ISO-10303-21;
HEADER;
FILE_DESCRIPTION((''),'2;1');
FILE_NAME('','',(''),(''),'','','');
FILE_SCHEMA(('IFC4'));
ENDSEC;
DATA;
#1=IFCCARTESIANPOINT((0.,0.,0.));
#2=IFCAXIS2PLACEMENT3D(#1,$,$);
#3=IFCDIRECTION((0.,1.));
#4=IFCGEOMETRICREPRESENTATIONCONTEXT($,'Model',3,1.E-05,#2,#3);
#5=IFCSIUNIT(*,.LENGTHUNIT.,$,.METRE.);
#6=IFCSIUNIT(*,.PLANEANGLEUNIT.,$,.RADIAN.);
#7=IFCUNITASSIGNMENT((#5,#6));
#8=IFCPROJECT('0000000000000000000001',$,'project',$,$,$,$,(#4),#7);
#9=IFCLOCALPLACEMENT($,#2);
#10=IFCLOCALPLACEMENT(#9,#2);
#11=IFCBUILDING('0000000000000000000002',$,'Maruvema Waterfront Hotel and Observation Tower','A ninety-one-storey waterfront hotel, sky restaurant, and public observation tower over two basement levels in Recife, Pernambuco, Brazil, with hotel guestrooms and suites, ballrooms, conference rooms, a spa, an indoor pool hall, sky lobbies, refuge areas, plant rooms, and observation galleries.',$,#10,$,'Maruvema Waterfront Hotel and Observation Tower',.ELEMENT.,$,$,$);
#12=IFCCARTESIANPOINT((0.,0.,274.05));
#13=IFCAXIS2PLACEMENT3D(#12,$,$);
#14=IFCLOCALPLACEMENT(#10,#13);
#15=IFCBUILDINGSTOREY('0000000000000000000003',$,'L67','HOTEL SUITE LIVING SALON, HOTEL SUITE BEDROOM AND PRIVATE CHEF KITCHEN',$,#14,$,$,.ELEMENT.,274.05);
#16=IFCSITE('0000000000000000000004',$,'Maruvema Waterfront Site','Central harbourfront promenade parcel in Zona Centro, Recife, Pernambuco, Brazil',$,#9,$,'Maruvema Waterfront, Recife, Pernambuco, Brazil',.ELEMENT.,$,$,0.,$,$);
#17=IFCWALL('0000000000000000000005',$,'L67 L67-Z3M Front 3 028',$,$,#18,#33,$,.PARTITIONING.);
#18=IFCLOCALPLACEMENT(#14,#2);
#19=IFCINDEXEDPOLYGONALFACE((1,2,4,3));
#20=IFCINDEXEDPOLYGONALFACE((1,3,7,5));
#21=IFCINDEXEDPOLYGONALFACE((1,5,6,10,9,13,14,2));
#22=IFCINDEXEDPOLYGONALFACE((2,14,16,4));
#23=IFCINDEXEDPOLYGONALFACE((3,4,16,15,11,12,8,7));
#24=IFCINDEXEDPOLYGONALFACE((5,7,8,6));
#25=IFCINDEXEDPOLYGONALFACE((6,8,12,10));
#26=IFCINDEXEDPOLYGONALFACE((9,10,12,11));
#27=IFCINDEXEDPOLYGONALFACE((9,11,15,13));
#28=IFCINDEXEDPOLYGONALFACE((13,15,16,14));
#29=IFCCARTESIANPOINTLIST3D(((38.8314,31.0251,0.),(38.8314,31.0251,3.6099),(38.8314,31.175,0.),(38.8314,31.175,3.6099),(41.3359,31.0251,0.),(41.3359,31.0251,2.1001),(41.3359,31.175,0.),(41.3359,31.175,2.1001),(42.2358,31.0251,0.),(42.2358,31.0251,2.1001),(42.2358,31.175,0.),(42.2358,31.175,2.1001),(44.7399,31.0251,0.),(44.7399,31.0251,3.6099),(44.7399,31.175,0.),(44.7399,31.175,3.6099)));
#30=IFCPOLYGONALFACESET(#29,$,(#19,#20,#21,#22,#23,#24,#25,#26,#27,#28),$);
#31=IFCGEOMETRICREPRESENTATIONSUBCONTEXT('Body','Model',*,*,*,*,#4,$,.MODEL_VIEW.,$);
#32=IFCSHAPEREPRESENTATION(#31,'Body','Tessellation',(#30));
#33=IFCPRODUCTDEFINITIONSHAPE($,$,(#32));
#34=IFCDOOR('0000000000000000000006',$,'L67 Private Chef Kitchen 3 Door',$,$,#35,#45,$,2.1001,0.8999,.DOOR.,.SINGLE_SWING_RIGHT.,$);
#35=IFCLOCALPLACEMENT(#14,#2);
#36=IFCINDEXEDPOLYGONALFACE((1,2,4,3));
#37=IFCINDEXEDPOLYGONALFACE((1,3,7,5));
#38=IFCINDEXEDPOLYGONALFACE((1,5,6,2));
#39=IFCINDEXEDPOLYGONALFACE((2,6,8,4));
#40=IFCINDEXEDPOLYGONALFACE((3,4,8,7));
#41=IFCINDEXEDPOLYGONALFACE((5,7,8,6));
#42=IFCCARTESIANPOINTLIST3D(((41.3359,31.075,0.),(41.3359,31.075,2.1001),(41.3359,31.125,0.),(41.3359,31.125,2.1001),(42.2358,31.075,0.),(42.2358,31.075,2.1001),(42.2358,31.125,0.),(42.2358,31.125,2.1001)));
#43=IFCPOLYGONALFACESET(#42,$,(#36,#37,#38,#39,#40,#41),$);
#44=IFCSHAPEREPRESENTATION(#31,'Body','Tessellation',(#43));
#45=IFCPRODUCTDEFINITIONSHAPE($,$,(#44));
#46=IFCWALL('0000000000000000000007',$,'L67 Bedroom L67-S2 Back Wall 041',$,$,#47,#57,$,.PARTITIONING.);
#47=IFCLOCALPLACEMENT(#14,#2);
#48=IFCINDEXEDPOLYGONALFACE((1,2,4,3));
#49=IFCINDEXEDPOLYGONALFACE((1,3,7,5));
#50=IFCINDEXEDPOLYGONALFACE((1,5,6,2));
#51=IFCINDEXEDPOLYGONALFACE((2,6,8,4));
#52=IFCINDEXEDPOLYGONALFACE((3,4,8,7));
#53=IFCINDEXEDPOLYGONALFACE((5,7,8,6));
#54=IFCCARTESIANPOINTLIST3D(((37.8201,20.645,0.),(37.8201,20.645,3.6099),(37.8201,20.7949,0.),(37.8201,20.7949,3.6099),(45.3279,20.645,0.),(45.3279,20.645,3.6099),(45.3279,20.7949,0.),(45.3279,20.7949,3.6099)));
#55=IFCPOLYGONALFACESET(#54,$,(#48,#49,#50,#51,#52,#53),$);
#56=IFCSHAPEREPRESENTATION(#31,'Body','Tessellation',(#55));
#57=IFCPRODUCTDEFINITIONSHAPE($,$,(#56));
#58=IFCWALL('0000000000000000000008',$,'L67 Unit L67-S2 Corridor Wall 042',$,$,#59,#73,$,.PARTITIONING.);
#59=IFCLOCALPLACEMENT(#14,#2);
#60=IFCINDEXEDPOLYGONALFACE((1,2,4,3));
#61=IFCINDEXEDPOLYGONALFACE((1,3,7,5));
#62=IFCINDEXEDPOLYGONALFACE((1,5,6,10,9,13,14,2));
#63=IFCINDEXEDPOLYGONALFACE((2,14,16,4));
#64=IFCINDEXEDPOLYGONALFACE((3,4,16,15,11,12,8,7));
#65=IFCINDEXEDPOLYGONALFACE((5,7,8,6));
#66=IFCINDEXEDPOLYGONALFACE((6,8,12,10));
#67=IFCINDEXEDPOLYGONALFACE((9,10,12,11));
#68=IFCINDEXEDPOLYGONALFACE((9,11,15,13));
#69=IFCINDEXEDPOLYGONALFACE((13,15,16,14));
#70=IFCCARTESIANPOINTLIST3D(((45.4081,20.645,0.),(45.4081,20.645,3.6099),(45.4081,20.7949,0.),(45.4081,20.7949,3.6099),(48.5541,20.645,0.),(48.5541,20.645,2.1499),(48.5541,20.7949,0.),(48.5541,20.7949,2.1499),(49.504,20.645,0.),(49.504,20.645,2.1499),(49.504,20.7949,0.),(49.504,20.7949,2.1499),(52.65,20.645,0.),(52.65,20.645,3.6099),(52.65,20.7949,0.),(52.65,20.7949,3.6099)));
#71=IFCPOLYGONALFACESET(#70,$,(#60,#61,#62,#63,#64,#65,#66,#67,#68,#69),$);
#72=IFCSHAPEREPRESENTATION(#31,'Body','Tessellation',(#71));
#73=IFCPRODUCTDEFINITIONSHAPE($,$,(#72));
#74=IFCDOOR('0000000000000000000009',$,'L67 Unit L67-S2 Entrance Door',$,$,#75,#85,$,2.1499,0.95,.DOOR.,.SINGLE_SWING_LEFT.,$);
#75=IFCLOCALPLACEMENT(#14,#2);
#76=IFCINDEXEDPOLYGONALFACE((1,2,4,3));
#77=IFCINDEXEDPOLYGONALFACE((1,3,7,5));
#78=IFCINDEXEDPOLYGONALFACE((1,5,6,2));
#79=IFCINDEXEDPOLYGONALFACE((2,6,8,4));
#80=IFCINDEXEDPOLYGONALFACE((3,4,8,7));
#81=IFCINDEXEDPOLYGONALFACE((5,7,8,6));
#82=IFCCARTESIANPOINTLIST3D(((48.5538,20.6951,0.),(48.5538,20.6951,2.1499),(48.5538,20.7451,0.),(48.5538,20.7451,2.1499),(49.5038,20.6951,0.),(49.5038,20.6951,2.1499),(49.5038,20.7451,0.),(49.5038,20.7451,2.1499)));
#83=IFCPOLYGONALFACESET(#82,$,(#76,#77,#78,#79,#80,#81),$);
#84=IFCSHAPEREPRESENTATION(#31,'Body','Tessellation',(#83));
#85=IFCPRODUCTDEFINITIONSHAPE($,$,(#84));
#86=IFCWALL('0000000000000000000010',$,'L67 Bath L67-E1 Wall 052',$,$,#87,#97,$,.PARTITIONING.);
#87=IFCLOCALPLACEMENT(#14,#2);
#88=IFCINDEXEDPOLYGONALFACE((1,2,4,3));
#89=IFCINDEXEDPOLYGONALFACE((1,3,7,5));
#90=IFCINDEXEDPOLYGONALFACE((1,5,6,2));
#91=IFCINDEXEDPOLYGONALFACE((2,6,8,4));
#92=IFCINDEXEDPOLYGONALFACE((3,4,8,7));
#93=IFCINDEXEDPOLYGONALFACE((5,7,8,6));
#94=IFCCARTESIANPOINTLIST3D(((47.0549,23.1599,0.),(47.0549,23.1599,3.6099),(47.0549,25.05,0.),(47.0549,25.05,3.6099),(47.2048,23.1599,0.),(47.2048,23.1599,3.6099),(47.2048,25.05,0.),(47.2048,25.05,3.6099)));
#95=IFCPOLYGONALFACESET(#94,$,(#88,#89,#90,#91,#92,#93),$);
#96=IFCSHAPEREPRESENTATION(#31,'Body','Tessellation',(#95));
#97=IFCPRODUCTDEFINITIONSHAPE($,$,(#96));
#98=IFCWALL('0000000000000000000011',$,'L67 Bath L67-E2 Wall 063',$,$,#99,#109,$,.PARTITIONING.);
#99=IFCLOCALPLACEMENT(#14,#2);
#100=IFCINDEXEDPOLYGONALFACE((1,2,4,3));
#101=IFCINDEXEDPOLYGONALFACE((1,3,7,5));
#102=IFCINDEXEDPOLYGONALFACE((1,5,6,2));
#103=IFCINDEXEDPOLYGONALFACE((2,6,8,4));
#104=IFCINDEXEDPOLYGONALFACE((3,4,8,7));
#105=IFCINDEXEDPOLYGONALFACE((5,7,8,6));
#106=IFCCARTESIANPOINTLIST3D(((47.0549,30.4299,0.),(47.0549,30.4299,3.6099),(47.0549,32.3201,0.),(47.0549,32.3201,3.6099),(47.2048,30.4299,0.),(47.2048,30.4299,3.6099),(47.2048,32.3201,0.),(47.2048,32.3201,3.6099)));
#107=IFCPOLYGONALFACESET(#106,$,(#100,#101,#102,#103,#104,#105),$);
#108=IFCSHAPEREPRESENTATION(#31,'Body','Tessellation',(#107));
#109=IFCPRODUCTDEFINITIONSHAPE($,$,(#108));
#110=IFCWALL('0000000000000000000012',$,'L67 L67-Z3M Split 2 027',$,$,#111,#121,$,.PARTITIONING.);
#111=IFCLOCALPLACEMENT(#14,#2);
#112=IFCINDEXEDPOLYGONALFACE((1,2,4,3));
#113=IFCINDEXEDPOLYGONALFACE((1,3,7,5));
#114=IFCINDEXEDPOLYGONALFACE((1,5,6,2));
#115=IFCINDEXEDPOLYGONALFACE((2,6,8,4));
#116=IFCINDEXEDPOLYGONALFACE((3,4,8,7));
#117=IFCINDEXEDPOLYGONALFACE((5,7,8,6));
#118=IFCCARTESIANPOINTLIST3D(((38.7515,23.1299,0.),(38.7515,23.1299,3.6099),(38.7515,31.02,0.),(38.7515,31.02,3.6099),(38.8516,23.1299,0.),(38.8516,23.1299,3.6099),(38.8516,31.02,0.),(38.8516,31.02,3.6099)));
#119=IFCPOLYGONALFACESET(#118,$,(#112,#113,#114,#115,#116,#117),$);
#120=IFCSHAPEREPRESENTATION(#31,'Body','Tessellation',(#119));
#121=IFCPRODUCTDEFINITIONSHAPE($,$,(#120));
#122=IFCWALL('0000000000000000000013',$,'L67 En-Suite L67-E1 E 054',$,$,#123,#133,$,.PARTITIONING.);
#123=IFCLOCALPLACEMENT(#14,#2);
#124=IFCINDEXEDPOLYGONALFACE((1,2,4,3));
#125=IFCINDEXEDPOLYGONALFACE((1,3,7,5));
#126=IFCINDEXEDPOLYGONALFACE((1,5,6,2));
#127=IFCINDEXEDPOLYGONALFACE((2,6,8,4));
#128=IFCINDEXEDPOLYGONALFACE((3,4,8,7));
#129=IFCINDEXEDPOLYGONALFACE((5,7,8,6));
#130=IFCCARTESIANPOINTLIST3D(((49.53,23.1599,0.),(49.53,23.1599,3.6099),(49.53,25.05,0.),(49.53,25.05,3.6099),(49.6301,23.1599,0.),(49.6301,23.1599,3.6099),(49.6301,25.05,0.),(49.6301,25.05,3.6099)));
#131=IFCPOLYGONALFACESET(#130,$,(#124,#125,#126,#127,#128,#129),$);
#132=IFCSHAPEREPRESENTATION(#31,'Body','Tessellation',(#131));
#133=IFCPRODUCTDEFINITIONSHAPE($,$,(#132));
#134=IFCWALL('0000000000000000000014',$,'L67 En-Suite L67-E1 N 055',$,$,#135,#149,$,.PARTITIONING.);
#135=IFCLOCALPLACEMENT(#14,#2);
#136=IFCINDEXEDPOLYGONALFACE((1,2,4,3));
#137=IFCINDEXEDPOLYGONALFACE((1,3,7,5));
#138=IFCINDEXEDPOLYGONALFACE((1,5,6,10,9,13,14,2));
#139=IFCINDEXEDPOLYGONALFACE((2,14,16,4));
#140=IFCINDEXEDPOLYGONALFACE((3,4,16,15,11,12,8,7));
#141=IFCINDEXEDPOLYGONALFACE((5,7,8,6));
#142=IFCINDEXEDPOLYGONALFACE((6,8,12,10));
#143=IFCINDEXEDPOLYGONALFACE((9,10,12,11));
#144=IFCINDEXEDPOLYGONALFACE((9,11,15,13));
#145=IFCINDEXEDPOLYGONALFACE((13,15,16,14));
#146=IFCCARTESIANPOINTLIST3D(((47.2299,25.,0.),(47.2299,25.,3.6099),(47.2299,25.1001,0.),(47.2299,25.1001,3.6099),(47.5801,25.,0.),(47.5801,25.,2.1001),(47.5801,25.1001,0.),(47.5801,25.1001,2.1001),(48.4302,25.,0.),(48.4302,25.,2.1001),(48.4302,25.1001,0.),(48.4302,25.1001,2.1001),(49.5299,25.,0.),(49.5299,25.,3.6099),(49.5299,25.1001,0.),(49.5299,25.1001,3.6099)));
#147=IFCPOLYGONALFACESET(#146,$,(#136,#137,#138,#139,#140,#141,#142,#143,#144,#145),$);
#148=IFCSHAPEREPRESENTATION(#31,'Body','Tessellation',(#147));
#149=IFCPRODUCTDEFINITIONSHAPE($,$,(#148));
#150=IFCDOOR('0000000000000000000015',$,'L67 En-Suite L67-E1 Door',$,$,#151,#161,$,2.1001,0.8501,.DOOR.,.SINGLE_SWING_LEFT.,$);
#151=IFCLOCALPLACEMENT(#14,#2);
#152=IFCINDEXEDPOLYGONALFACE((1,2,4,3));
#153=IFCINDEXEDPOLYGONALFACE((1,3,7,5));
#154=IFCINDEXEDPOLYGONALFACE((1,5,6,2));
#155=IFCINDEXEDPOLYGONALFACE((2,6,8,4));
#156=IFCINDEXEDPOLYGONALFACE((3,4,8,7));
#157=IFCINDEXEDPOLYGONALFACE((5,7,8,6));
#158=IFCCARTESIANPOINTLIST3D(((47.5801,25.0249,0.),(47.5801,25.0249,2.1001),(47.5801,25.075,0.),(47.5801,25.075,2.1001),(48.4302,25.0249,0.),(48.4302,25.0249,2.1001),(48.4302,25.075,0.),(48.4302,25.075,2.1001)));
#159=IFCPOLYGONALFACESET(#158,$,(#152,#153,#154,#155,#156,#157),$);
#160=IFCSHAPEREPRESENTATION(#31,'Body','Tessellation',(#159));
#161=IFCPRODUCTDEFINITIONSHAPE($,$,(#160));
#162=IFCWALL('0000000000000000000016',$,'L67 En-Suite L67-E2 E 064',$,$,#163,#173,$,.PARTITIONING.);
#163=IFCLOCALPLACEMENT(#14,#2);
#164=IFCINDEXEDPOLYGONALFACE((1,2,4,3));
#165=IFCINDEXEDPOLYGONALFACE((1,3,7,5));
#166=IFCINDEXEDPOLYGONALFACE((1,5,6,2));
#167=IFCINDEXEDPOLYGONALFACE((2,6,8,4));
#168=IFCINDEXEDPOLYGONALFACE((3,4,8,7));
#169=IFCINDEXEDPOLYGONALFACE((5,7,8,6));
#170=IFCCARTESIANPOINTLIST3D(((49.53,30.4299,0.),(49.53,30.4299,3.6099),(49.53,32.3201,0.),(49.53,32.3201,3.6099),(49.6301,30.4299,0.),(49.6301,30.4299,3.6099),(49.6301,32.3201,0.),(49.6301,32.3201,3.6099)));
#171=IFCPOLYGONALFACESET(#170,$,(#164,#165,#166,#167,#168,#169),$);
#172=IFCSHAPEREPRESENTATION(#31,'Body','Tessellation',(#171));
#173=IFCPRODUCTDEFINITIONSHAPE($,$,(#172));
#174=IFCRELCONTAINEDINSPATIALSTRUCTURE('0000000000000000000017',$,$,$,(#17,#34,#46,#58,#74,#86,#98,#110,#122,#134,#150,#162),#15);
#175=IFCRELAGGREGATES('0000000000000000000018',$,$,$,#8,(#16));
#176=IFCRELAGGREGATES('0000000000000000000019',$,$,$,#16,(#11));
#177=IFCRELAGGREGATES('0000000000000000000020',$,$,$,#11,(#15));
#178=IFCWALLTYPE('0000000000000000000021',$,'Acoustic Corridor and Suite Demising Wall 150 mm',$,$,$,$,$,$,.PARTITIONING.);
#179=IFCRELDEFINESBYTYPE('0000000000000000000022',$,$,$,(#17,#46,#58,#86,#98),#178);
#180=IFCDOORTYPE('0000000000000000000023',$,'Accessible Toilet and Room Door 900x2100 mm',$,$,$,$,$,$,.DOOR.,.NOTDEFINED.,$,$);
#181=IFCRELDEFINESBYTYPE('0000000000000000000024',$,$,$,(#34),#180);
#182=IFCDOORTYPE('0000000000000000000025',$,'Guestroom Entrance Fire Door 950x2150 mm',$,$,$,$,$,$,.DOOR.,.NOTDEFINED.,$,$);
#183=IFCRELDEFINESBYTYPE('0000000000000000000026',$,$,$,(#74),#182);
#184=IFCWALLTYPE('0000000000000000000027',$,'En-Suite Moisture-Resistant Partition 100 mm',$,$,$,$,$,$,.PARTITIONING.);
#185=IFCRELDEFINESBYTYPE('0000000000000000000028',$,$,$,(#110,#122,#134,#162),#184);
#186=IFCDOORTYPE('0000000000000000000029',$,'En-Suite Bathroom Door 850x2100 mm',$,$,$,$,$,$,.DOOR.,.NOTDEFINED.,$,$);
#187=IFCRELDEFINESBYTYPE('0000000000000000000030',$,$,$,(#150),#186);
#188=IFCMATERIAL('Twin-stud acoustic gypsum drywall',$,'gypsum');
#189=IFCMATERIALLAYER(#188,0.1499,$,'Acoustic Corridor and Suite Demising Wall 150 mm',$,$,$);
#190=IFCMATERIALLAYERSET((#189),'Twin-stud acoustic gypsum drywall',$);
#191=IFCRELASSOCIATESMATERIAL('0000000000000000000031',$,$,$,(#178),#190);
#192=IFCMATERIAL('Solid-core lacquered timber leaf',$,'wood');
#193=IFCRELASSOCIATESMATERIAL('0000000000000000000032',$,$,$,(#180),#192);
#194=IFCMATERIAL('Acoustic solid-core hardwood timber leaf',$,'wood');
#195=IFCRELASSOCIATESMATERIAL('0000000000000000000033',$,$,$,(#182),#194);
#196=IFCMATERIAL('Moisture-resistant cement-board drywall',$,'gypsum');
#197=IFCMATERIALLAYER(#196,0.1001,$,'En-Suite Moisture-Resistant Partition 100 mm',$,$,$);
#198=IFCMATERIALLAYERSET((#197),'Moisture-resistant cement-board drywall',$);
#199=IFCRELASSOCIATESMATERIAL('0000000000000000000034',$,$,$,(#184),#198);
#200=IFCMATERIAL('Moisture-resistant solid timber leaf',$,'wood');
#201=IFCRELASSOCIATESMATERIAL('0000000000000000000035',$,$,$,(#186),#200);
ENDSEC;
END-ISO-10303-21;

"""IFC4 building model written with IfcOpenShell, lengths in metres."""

from ifc_helpers import new_model, si_unit, direction, frame, frame_2d, origin, place, context, subcontext, project, spatial, rectangle, extrude, material, layer, layer_set, type_object, element, fill, save


model = new_model("IFC4")

# Units and contexts
model_context = context("Model", 3, precision=1e-05, world=origin(), true_north=direction((0.0, 1.0)))
body_context = subcontext(model_context, "Body", "Model", "MODEL_VIEW")
ifc_project = project(units=[si_unit("LENGTHUNIT", "METRE"), si_unit("PLANEANGLEUNIT", "RADIAN")], contexts=[model_context])

# Site, building, storey
site_placement = place(None, origin())
site = spatial("IfcSite", under=ifc_project, at=site_placement, Name="Maruvema Waterfront Site", Description="Central harbourfront promenade parcel in Zona Centro, Recife, Pernambuco, Brazil", LongName="Maruvema Waterfront, Recife, Pernambuco, Brazil", CompositionType="ELEMENT", RefElevation=0.0)
building_placement = place(site_placement, origin())
building = spatial("IfcBuilding", under=site, at=building_placement, Name="Maruvema Waterfront Hotel and Observation Tower", Description="A ninety-one-storey waterfront hotel, sky restaurant, and public observation tower over two basement levels in Recife, Pernambuco, Brazil, with hotel guestrooms and suites, ballrooms, conference rooms, a spa, an indoor pool hall, sky lobbies, refuge areas, plant rooms, and observation galleries.", LongName="Maruvema Waterfront Hotel and Observation Tower", CompositionType="ELEMENT")
storey_placement = place(building_placement, frame((0.0, 0.0, 274.05)))
storey = spatial("IfcBuildingStorey", under=building, at=storey_placement, Name="L67", Description="HOTEL SUITE LIVING SALON, HOTEL SUITE BEDROOM AND PRIVATE CHEF KITCHEN", CompositionType="ELEMENT", Elevation=274.05)

# Shared definitions
ifc_material_1 = material(Name="Twin-stud acoustic gypsum drywall", Category="gypsum")
ifc_layer_1 = layer(ifc_material_1, 0.1499, Name="Acoustic Corridor and Suite Demising Wall 150 mm")
ifc_layer_set_1 = layer_set([ifc_layer_1], Name="Twin-stud acoustic gypsum drywall")
wall_type_1 = type_object("IfcWallType", Name="Acoustic Corridor and Suite Demising Wall 150 mm", PredefinedType="PARTITIONING", material=ifc_layer_set_1)

# Wall, opening, door
wall_1_placement = place(storey_placement, frame((38.8315, 31.1001, 0.0), z_axis=(0.0, 0.0, 1.0), x_axis=(1.0, 0.0, 0.0)))
wall_1 = element("IfcWall", 1, at=wall_1_placement, inside=storey, type_object=wall_type_1, Name="L67 L67-Z3M Front 3 028", PredefinedType="PARTITIONING", context=body_context, shape_type="SweptSolid", body=[
    extrude(rectangle(XDim=5.9084, YDim=0.1499, at=frame_2d((2.9541, 0.0))), origin(), (0.0, 0.0, 1.0), 3.6099),
])
opening_1_placement = place(wall_1_placement, frame((2.5044, 0.0, 0.0)))
opening_1 = element("IfcOpeningElement", 2, at=opening_1_placement, cuts=wall_1, PredefinedType="OPENING", context=body_context, shape_type="SweptSolid", body=[
    extrude(rectangle(XDim=0.8999, YDim=2.1001, at=frame_2d((0.45, 1.05))), frame((0.0, 0.085, 0.0), z_axis=(0.0, -1.0, 0.0), x_axis=(1.0, 0.0, 0.0)), (0.0, 0.0, 1.0), 0.1699),
])
ifc_material_2 = material(Name="Solid-core lacquered timber leaf", Category="wood")
door_type_1 = type_object("IfcDoorType", Name="Accessible Toilet and Room Door 900x2100 mm", OperationType="NOTDEFINED", PredefinedType="DOOR", material=ifc_material_2)
door_1_placement = place(opening_1_placement, origin())
door_1 = element("IfcDoor", 3, at=door_1_placement, inside=storey, type_object=door_type_1, Name="L67 Private Chef Kitchen 3 Door", OperationType="SINGLE_SWING_RIGHT", OverallHeight=2.1001, OverallWidth=0.8999, PredefinedType="DOOR", context=body_context, shape_type="SweptSolid", body=[
    extrude(rectangle(XDim=0.8999, YDim=2.1001, at=frame_2d((0.45, 1.05))), frame((0.0, 0.0249, 0.0), z_axis=(0.0, -1.0, 0.0), x_axis=(1.0, 0.0, 0.0)), (0.0, 0.0, 1.0), 0.05),
])
fill(opening_1, door_1)

# Wall
wall_2_placement = place(storey_placement, frame((37.8201, 20.72, 0.0), z_axis=(0.0, 0.0, 1.0), x_axis=(1.0, 0.0, 0.0)))
element("IfcWall", 4, at=wall_2_placement, inside=storey, type_object=wall_type_1, Name="L67 Bedroom L67-S2 Back Wall 041", PredefinedType="PARTITIONING", context=body_context, shape_type="SweptSolid", body=[
    extrude(rectangle(XDim=7.5078, YDim=0.1499, at=frame_2d((3.7539, 0.0))), origin(), (0.0, 0.0, 1.0), 3.6099),
])

# Wall, opening, door
wall_3_placement = place(storey_placement, frame((45.408, 20.72, 0.0), z_axis=(0.0, 0.0, 1.0), x_axis=(1.0, 0.0, 0.0)))
wall_3 = element("IfcWall", 5, at=wall_3_placement, inside=storey, type_object=wall_type_1, Name="L67 Unit L67-S2 Corridor Wall 042", PredefinedType="PARTITIONING", context=body_context, shape_type="SweptSolid", body=[
    extrude(rectangle(XDim=7.2419, YDim=0.1499, at=frame_2d((3.6211, 0.0))), origin(), (0.0, 0.0, 1.0), 3.6099),
])
opening_2_placement = place(wall_3_placement, frame((3.146, 0.0, 0.0)))
opening_2 = element("IfcOpeningElement", 6, at=opening_2_placement, cuts=wall_3, PredefinedType="OPENING", context=body_context, shape_type="SweptSolid", body=[
    extrude(rectangle(XDim=0.95, YDim=2.1499, at=frame_2d((0.4751, 1.075))), frame((0.0, 0.085, 0.0), z_axis=(0.0, -1.0, 0.0), x_axis=(1.0, 0.0, 0.0)), (0.0, 0.0, 1.0), 0.1699),
])
ifc_material_3 = material(Name="Acoustic solid-core hardwood timber leaf", Category="wood")
door_type_2 = type_object("IfcDoorType", Name="Guestroom Entrance Fire Door 950x2150 mm", OperationType="NOTDEFINED", PredefinedType="DOOR", material=ifc_material_3)
door_2_placement = place(opening_2_placement, frame((0.95, 0.0, 0.0), z_axis=(0.0, 0.0, 1.0), x_axis=(-1.0, 0.0, 0.0)))
door_2 = element("IfcDoor", 7, at=door_2_placement, inside=storey, type_object=door_type_2, Name="L67 Unit L67-S2 Entrance Door", OperationType="SINGLE_SWING_LEFT", OverallHeight=2.1499, OverallWidth=0.95, PredefinedType="DOOR", context=body_context, shape_type="SweptSolid", body=[
    extrude(rectangle(XDim=0.95, YDim=2.1499, at=frame_2d((0.4751, 1.075))), frame((0.0, 0.0249, 0.0), z_axis=(0.0, -1.0, 0.0), x_axis=(1.0, 0.0, 0.0)), (0.0, 0.0, 1.0), 0.05),
])
fill(opening_2, door_2)

# Wall
wall_4_placement = place(storey_placement, frame((47.1299, 23.1599, 0.0), z_axis=(0.0, 0.0, 1.0), x_axis=(0.0, 1.0, 0.0)))
element("IfcWall", 8, at=wall_4_placement, inside=storey, type_object=wall_type_1, Name="L67 Bath L67-E1 Wall 052", PredefinedType="PARTITIONING", context=body_context, shape_type="SweptSolid", body=[
    extrude(rectangle(XDim=1.8901, YDim=0.1499, at=frame_2d((0.9451, 0.0))), origin(), (0.0, 0.0, 1.0), 3.6099),
])

# Walls
wall_5_placement = place(storey_placement, frame((47.1299, 30.4299, 0.0), z_axis=(0.0, 0.0, 1.0), x_axis=(0.0, 1.0, 0.0)))
element("IfcWall", 9, at=wall_5_placement, inside=storey, type_object=wall_type_1, Name="L67 Bath L67-E2 Wall 063", PredefinedType="PARTITIONING", context=body_context, shape_type="SweptSolid", body=[
    extrude(rectangle(XDim=1.8901, YDim=0.1499, at=frame_2d((0.9451, 0.0))), origin(), (0.0, 0.0, 1.0), 3.6099),
])
ifc_material_4 = material(Name="Moisture-resistant cement-board drywall", Category="gypsum")
ifc_layer_2 = layer(ifc_material_4, 0.1001, Name="En-Suite Moisture-Resistant Partition 100 mm")
ifc_layer_set_2 = layer_set([ifc_layer_2], Name="Moisture-resistant cement-board drywall")
wall_type_2 = type_object("IfcWallType", Name="En-Suite Moisture-Resistant Partition 100 mm", PredefinedType="PARTITIONING", material=ifc_layer_set_2)
wall_6_placement = place(storey_placement, frame((38.8015, 23.1299, 0.0), z_axis=(0.0, 0.0, 1.0), x_axis=(0.0, 1.0, 0.0)))
element("IfcWall", 10, at=wall_6_placement, inside=storey, type_object=wall_type_2, Name="L67 L67-Z3M Split 2 027", PredefinedType="PARTITIONING", context=body_context, shape_type="SweptSolid", body=[
    extrude(rectangle(XDim=7.8901, YDim=0.1001, at=frame_2d((3.9451, 0.0))), origin(), (0.0, 0.0, 1.0), 3.6099),
])
wall_7_placement = place(storey_placement, frame((49.5801, 23.1599, 0.0), z_axis=(0.0, 0.0, 1.0), x_axis=(0.0, 1.0, 0.0)))
element("IfcWall", 11, at=wall_7_placement, inside=storey, type_object=wall_type_2, Name="L67 En-Suite L67-E1 E 054", PredefinedType="PARTITIONING", context=body_context, shape_type="SweptSolid", body=[
    extrude(rectangle(XDim=1.8901, YDim=0.1001, at=frame_2d((0.9451, 0.0))), origin(), (0.0, 0.0, 1.0), 3.6099),
])

# Wall, opening, door
wall_8_placement = place(storey_placement, frame((47.23, 25.05, 0.0), z_axis=(0.0, 0.0, 1.0), x_axis=(1.0, 0.0, 0.0)))
wall_8 = element("IfcWall", 12, at=wall_8_placement, inside=storey, type_object=wall_type_2, Name="L67 En-Suite L67-E1 N 055", PredefinedType="PARTITIONING", context=body_context, shape_type="SweptSolid", body=[
    extrude(rectangle(XDim=2.3, YDim=0.1001, at=frame_2d((1.1499, 0.0))), origin(), (0.0, 0.0, 1.0), 3.6099),
])
opening_3_placement = place(wall_8_placement, frame((0.3501, 0.0, 0.0)))
opening_3 = element("IfcOpeningElement", 13, at=opening_3_placement, cuts=wall_8, PredefinedType="OPENING", context=body_context, shape_type="SweptSolid", body=[
    extrude(rectangle(XDim=0.8501, YDim=2.1001, at=frame_2d((0.425, 1.05))), frame((0.0, 0.0601, 0.0), z_axis=(0.0, -1.0, 0.0), x_axis=(1.0, 0.0, 0.0)), (0.0, 0.0, 1.0), 0.1201),
])
ifc_material_5 = material(Name="Moisture-resistant solid timber leaf", Category="wood")
door_type_3 = type_object("IfcDoorType", Name="En-Suite Bathroom Door 850x2100 mm", OperationType="NOTDEFINED", PredefinedType="DOOR", material=ifc_material_5)
door_3_placement = place(opening_3_placement, origin())
door_3 = element("IfcDoor", 14, at=door_3_placement, inside=storey, type_object=door_type_3, Name="L67 En-Suite L67-E1 Door", OperationType="SINGLE_SWING_LEFT", OverallHeight=2.1001, OverallWidth=0.8501, PredefinedType="DOOR", context=body_context, shape_type="SweptSolid", body=[
    extrude(rectangle(XDim=0.8501, YDim=2.1001, at=frame_2d((0.425, 1.05))), frame((0.0, 0.0249, 0.0), z_axis=(0.0, -1.0, 0.0), x_axis=(1.0, 0.0, 0.0)), (0.0, 0.0, 1.0), 0.05),
])
fill(opening_3, door_3)

# Wall
wall_9_placement = place(storey_placement, frame((49.5801, 30.4299, 0.0), z_axis=(0.0, 0.0, 1.0), x_axis=(0.0, 1.0, 0.0)))
element("IfcWall", 15, at=wall_9_placement, inside=storey, type_object=wall_type_2, Name="L67 En-Suite L67-E2 E 064", PredefinedType="PARTITIONING", context=body_context, shape_type="SweptSolid", body=[
    extrude(rectangle(XDim=1.8901, YDim=0.1001, at=frame_2d((0.9451, 0.0))), origin(), (0.0, 0.0, 1.0), 3.6099),
])

save(model, "model.ifc")
